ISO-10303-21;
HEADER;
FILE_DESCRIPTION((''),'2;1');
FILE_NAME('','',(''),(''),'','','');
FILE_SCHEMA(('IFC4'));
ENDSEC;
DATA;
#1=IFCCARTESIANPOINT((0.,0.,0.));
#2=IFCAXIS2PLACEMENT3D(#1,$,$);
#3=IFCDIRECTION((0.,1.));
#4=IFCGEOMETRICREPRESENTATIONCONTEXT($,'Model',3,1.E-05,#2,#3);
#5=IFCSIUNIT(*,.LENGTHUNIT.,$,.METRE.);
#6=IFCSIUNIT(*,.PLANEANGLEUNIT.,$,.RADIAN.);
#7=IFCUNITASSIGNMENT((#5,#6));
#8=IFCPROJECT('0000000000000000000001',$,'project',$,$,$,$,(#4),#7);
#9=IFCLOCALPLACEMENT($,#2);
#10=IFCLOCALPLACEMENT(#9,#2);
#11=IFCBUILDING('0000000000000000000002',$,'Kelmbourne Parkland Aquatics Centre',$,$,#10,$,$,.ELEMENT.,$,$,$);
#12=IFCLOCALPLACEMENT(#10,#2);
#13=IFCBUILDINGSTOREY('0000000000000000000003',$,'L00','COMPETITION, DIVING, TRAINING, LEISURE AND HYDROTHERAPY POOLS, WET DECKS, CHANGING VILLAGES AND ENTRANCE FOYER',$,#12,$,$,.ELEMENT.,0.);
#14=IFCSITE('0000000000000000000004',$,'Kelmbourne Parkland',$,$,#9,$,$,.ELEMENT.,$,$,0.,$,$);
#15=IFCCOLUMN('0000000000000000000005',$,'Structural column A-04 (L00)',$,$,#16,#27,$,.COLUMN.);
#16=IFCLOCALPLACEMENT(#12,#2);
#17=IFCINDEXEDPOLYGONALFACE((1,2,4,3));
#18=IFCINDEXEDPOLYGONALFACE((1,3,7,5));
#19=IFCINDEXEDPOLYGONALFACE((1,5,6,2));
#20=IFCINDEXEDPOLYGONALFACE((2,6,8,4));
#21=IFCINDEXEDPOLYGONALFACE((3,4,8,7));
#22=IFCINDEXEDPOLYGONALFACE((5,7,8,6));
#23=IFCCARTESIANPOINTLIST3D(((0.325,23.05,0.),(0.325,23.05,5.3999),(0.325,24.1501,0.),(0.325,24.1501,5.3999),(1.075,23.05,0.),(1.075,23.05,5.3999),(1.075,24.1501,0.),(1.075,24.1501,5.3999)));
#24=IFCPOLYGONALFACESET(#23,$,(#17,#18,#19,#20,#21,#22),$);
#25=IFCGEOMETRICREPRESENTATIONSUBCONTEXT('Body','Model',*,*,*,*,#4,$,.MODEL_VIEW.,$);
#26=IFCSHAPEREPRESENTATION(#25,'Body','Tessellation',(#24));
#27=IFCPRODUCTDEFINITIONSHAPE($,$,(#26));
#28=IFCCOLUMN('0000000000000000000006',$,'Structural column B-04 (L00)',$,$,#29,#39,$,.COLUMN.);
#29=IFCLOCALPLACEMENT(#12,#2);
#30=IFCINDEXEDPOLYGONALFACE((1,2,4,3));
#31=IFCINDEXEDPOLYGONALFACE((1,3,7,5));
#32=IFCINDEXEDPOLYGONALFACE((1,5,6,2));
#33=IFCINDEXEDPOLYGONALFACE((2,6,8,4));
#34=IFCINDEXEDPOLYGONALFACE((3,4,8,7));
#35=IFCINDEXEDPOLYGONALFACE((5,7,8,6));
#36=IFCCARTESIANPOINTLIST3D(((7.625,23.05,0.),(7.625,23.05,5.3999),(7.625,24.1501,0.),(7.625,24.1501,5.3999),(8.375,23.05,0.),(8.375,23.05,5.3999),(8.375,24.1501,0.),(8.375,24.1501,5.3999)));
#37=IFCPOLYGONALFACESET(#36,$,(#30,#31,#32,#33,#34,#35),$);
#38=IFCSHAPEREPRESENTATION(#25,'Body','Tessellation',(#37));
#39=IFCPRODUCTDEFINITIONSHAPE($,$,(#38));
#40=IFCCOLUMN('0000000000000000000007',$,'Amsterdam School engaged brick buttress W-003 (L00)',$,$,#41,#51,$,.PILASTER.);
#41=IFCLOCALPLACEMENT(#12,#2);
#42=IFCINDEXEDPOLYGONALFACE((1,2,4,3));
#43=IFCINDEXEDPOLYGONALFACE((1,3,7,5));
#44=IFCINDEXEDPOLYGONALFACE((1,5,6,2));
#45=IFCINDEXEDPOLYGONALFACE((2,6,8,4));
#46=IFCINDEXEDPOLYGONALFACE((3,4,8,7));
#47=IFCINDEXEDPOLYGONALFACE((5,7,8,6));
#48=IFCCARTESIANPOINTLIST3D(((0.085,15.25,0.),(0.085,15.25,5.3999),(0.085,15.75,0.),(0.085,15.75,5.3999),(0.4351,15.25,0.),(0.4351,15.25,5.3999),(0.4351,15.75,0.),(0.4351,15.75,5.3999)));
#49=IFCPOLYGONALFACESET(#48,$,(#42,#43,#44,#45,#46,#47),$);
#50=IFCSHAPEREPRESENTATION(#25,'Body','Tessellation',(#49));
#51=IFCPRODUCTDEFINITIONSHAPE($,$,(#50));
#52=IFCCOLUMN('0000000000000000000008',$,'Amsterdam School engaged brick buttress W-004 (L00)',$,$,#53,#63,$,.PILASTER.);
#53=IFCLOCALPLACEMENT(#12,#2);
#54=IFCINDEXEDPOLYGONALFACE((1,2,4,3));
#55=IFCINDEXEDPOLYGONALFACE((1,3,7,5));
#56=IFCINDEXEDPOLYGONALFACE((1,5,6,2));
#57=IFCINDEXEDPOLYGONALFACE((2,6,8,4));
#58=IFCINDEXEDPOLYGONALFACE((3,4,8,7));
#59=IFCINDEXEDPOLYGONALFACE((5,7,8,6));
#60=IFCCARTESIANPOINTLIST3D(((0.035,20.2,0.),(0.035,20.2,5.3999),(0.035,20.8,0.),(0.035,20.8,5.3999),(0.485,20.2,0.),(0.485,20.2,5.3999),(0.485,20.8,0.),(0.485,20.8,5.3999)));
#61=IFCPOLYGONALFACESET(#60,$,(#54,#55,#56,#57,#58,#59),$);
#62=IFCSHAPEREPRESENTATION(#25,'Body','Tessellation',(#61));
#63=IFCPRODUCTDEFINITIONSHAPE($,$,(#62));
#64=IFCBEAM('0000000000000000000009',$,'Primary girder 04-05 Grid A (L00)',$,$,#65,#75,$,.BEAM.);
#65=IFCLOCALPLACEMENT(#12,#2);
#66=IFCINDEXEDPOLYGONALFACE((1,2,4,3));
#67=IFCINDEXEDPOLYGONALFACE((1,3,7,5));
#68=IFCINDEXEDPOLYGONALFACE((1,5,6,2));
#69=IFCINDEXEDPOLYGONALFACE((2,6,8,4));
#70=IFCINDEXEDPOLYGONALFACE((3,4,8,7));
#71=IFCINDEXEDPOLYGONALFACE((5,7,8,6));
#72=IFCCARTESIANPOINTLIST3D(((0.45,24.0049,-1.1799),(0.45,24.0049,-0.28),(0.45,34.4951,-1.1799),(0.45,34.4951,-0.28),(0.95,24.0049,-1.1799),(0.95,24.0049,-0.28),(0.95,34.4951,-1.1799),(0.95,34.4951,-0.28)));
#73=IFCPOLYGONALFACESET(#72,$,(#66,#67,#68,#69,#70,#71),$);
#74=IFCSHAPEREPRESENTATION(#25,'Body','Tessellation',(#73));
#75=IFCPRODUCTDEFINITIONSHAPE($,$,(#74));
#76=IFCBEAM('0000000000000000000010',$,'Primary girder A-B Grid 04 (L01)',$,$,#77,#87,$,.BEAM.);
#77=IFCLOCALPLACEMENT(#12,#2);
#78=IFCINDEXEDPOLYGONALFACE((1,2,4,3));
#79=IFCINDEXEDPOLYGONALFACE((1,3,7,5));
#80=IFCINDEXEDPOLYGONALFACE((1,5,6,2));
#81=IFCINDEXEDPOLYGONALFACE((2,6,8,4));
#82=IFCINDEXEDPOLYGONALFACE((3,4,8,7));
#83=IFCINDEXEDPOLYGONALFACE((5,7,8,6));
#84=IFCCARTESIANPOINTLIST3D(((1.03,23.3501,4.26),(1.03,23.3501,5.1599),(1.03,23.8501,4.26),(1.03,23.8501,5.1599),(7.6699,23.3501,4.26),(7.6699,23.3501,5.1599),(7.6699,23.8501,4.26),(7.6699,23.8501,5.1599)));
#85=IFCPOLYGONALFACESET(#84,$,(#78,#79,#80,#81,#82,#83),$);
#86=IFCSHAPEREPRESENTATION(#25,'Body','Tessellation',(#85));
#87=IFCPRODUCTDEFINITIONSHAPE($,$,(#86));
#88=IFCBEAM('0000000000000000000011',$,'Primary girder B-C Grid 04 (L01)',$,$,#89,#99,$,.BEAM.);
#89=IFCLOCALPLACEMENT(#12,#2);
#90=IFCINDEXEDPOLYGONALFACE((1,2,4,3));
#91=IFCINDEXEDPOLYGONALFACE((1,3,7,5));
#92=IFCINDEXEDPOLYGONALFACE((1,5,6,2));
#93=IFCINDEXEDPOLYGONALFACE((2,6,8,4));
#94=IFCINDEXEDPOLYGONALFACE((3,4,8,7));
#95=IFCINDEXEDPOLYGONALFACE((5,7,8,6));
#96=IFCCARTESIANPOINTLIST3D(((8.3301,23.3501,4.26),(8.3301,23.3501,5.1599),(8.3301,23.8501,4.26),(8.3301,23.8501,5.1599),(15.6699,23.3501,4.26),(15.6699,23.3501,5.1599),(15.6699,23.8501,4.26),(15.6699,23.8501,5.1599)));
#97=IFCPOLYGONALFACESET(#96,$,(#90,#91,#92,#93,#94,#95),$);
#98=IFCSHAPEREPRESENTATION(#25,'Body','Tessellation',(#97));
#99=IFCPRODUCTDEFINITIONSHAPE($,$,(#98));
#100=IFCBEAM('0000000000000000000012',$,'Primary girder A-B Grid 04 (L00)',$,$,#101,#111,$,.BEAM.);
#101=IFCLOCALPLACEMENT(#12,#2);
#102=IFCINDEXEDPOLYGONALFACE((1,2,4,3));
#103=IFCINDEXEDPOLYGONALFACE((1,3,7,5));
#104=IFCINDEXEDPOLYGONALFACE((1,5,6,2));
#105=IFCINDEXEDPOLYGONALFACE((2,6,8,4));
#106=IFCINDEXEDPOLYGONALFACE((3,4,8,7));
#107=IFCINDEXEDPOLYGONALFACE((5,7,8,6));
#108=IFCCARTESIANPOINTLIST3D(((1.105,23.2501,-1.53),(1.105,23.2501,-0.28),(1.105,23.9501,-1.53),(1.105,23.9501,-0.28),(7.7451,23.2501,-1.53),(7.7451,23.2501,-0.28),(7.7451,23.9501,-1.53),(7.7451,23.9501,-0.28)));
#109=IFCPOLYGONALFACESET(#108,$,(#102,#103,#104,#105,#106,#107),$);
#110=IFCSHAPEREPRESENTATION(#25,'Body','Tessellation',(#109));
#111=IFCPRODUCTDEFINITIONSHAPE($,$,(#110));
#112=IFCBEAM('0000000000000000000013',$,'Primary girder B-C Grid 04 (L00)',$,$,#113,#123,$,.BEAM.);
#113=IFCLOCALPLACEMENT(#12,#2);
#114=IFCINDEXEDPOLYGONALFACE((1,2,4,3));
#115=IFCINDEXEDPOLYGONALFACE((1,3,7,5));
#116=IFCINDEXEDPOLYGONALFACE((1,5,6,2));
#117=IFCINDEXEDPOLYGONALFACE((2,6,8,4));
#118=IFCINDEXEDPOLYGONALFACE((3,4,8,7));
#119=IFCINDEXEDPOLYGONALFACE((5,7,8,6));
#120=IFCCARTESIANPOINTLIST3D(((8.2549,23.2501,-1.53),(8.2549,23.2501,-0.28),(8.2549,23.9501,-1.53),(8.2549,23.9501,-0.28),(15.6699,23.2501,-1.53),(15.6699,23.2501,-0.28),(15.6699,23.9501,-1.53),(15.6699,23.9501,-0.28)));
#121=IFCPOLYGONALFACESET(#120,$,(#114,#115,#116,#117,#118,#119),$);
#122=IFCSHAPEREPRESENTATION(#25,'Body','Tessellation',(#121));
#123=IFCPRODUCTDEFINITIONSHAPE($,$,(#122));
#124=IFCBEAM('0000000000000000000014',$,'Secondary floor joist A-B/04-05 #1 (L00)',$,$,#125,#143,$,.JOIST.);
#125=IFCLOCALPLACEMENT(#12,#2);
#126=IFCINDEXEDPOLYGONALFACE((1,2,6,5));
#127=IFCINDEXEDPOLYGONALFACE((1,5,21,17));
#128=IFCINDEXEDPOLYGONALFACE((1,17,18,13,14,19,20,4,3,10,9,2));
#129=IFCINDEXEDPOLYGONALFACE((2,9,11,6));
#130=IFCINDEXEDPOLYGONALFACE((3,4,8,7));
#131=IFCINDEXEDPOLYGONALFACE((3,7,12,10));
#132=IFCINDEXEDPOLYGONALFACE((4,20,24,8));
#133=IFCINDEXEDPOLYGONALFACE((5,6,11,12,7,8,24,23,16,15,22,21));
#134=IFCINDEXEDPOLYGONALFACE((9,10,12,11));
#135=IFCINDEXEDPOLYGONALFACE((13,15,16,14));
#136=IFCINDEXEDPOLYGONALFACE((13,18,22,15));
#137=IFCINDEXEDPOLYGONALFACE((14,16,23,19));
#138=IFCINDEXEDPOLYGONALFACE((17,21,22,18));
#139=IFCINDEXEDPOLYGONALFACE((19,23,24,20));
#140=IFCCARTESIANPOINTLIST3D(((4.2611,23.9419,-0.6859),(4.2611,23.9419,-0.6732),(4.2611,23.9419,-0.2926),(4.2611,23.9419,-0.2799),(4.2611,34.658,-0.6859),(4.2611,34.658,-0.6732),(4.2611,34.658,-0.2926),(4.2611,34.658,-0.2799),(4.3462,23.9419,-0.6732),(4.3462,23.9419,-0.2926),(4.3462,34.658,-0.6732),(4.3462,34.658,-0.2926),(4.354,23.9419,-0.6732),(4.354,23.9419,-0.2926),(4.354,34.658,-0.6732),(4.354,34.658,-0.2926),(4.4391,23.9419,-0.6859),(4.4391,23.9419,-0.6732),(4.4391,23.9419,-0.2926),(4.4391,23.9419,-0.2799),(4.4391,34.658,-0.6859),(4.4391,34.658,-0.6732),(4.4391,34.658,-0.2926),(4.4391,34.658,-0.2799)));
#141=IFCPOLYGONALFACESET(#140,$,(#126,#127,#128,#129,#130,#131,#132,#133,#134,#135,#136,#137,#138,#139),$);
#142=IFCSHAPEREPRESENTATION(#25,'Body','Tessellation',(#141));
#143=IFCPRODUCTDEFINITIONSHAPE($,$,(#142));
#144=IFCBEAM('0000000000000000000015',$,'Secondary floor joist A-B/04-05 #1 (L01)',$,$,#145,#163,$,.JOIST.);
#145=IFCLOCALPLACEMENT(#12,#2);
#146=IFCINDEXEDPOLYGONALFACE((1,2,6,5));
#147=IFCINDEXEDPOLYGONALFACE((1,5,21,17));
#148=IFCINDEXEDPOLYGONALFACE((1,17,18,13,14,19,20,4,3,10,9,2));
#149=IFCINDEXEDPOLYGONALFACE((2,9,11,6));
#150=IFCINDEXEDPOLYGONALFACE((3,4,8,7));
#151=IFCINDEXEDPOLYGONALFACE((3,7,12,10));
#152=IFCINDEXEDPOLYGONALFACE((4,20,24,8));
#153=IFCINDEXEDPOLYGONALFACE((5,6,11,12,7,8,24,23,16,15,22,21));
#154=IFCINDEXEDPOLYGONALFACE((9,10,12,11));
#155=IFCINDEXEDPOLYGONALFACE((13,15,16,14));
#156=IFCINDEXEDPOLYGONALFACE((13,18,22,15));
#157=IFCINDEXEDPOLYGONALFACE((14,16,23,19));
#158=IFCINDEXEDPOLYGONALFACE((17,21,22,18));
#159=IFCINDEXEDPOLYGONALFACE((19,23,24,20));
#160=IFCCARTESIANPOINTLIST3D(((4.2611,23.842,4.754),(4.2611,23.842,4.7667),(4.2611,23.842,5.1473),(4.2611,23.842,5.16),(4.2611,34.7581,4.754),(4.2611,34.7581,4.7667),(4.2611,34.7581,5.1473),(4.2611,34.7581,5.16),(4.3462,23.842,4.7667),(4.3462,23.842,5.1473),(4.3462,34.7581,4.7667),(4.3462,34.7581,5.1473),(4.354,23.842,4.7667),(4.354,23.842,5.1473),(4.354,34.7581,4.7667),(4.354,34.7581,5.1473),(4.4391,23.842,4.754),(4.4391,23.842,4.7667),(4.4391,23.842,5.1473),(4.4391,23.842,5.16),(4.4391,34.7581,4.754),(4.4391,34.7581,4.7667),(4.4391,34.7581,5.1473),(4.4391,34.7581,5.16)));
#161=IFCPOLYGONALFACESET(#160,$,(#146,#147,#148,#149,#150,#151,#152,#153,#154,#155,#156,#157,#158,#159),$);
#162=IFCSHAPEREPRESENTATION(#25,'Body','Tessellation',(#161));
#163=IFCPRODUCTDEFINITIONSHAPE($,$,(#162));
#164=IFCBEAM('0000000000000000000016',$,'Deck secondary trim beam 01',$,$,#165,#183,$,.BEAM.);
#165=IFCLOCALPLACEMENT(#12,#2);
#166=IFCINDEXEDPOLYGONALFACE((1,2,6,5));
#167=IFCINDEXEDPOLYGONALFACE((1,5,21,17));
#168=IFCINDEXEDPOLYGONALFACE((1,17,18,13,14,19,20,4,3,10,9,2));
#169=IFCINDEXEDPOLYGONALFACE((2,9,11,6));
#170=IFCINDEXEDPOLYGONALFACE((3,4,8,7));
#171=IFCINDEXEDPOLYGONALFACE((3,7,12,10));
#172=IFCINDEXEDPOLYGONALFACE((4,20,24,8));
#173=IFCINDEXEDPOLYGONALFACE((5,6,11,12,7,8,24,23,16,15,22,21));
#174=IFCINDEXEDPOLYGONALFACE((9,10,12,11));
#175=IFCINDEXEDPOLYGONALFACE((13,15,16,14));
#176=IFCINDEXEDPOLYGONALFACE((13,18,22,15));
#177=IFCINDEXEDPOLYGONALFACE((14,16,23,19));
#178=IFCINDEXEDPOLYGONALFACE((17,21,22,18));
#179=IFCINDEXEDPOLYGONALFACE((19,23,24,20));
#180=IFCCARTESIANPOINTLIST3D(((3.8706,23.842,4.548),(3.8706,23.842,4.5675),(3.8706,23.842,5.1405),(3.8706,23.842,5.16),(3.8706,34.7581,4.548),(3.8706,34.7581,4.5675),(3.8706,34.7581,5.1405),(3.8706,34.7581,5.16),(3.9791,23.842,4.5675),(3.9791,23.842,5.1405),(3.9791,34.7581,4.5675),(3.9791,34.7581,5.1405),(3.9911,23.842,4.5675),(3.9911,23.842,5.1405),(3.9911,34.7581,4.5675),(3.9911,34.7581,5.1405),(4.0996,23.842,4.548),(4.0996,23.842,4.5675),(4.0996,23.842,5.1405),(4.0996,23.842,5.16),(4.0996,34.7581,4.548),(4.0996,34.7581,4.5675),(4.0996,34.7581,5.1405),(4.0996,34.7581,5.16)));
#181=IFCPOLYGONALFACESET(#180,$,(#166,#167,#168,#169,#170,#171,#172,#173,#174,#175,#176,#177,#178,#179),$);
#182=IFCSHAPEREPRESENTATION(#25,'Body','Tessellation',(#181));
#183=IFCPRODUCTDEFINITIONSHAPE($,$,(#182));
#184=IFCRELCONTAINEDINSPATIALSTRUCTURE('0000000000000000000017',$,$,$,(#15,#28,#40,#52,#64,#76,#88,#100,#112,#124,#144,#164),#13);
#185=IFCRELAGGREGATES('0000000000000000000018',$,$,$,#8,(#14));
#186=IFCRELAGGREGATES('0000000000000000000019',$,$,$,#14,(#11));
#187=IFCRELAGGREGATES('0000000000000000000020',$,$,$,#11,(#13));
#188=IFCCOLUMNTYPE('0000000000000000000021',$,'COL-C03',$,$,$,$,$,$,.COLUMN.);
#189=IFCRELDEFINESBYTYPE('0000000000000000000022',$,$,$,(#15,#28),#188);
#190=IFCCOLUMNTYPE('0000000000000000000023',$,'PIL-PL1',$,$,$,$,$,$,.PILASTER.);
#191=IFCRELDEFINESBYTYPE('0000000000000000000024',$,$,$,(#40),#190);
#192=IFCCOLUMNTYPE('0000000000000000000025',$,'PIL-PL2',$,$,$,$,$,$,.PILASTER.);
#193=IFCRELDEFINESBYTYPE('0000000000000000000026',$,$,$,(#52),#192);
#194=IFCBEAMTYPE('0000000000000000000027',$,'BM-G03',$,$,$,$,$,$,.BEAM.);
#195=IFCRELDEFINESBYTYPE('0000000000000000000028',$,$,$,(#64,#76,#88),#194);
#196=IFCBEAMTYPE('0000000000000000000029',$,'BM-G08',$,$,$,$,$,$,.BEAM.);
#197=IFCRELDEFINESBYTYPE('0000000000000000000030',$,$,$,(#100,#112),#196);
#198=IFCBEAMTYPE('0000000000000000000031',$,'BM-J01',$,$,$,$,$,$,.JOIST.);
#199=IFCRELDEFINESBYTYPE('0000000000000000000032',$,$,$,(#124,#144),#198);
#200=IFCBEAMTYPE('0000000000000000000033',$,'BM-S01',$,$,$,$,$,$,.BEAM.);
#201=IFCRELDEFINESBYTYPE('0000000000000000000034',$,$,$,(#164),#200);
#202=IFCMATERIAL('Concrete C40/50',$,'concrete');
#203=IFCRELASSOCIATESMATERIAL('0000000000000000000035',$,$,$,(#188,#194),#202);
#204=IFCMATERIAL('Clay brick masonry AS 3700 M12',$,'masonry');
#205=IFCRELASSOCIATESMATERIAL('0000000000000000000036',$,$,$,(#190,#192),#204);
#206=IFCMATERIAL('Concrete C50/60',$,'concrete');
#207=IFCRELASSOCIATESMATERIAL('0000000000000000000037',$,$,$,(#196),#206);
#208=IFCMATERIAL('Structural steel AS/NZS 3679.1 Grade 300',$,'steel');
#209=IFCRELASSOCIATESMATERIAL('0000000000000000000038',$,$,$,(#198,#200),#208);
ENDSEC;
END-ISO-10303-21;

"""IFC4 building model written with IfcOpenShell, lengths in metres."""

from ifc_helpers import new_model, si_unit, direction, frame, origin, origin_2d, place, context, subcontext, project, spatial, rectangle, i_section, extrude, material, material_profile, profile_set, type_object, element, save


model = new_model("IFC4")

# Units and contexts
model_context = context("Model", 3, precision=1e-05, world=origin(), true_north=direction((0.0, 1.0)))
body_context = subcontext(model_context, "Body", "Model", "MODEL_VIEW")
ifc_project = project(units=[si_unit("LENGTHUNIT", "METRE"), si_unit("PLANEANGLEUNIT", "RADIAN")], contexts=[model_context])

# Site, building, storey
site_placement = place(None, origin())
site = spatial("IfcSite", under=ifc_project, at=site_placement, Name="Kelmbourne Parkland", CompositionType="ELEMENT", RefElevation=0.0)
building_placement = place(site_placement, origin())
building = spatial("IfcBuilding", under=site, at=building_placement, Name="Kelmbourne Parkland Aquatics Centre", CompositionType="ELEMENT")
storey_placement = place(building_placement, origin())
storey = spatial("IfcBuildingStorey", under=building, at=storey_placement, Name="L00", Description="COMPETITION, DIVING, TRAINING, LEISURE AND HYDROTHERAPY POOLS, WET DECKS, CHANGING VILLAGES AND ENTRANCE FOYER", CompositionType="ELEMENT", Elevation=0.0)

# Columns
ifc_material_1 = material(Name="Concrete C40/50", Category="concrete")
ifc_material_profile_1 = material_profile(ifc_material_1, rectangle(XDim=0.75, YDim=1.1001, at=origin_2d()), Name="RC 750x1100")
ifc_profile_set_1 = profile_set([ifc_material_profile_1], Name="Concrete C40/50")
column_type_1 = type_object("IfcColumnType", Name="COL-C03", PredefinedType="COLUMN", material=ifc_profile_set_1)
for number, where, z_axis, x_axis, name in (
    (1, (0.7, 23.6001, 0.0), (0.0, 0.0, 1.0), (1.0, 0.0, 0.0), "Structural column A-04 (L00)"),
    (2, (8.0, 23.6001, 0.0), (0.0, 0.0, 1.0), (1.0, 0.0, 0.0), "Structural column B-04 (L00)"),
):
    element("IfcColumn", number, at=place(storey_placement, frame(where, z_axis=z_axis, x_axis=x_axis)), inside=storey, type_object=column_type_1, Name=name, PredefinedType="COLUMN", context=body_context, shape_type="SweptSolid", body=[
        extrude(rectangle(XDim=0.75, YDim=1.1001, at=origin_2d()), origin(), (0.0, 0.0, 1.0), 5.3999),
    ])
ifc_material_2 = material(Name="Clay brick masonry AS 3700 M12", Category="masonry")
ifc_material_profile_2 = material_profile(ifc_material_2, rectangle(XDim=0.3501, YDim=0.5, at=origin_2d()), Name="PIL 350x500")
ifc_profile_set_2 = profile_set([ifc_material_profile_2], Name="Clay brick masonry AS 3700 M12")
column_type_2 = type_object("IfcColumnType", Name="PIL-PL1", PredefinedType="PILASTER", material=ifc_profile_set_2)
column_1_placement = place(storey_placement, frame((0.26, 15.5, 0.0), z_axis=(0.0, 0.0, 1.0), x_axis=(1.0, 0.0, 0.0)))
element("IfcColumn", 3, at=column_1_placement, inside=storey, type_object=column_type_2, Name="Amsterdam School engaged brick buttress W-003 (L00)", PredefinedType="PILASTER", context=body_context, shape_type="SweptSolid", body=[
    extrude(rectangle(XDim=0.3501, YDim=0.5, at=origin_2d()), origin(), (0.0, 0.0, 1.0), 5.3999),
])
ifc_material_profile_3 = material_profile(ifc_material_2, rectangle(XDim=0.45, YDim=0.6001, at=origin_2d()), Name="PIL 450x600")
ifc_profile_set_3 = profile_set([ifc_material_profile_3], Name="Clay brick masonry AS 3700 M12")
column_type_3 = type_object("IfcColumnType", Name="PIL-PL2", PredefinedType="PILASTER", material=ifc_profile_set_3)
column_2_placement = place(storey_placement, frame((0.26, 20.5, 0.0), z_axis=(0.0, 0.0, 1.0), x_axis=(1.0, 0.0, 0.0)))
element("IfcColumn", 4, at=column_2_placement, inside=storey, type_object=column_type_3, Name="Amsterdam School engaged brick buttress W-004 (L00)", PredefinedType="PILASTER", context=body_context, shape_type="SweptSolid", body=[
    extrude(rectangle(XDim=0.45, YDim=0.6001, at=origin_2d()), origin(), (0.0, 0.0, 1.0), 5.3999),
])

# Beams
ifc_material_profile_4 = material_profile(ifc_material_1, rectangle(XDim=0.5, YDim=0.8999, at=origin_2d()), Name="RC 500x900")
ifc_profile_set_4 = profile_set([ifc_material_profile_4], Name="Concrete C40/50")
beam_type_1 = type_object("IfcBeamType", Name="BM-G03", PredefinedType="BEAM", material=ifc_profile_set_4)
beam_1_placement = place(storey_placement, frame((0.7, 24.0049, -0.73), z_axis=(0.0, 1.0, 0.0), x_axis=(-1.0, 0.0, 0.0)))
element("IfcBeam", 5, at=beam_1_placement, inside=storey, type_object=beam_type_1, Name="Primary girder 04-05 Grid A (L00)", PredefinedType="BEAM", context=body_context, shape_type="SweptSolid", body=[
    extrude(rectangle(XDim=0.5, YDim=0.8999, at=origin_2d()), origin(), (0.0, 0.0, 1.0), 10.4902),
])
beam_2_placement = place(storey_placement, frame((1.03, 23.6001, 4.71), z_axis=(1.0, 0.0, 0.0), x_axis=(0.0, 1.0, 0.0)))
element("IfcBeam", 6, at=beam_2_placement, inside=storey, type_object=beam_type_1, Name="Primary girder A-B Grid 04 (L01)", PredefinedType="BEAM", context=body_context, shape_type="SweptSolid", body=[
    extrude(rectangle(XDim=0.5, YDim=0.8999, at=origin_2d()), origin(), (0.0, 0.0, 1.0), 6.6399),
])
beam_3_placement = place(storey_placement, frame((8.3301, 23.6001, 4.71), z_axis=(1.0, 0.0, 0.0), x_axis=(0.0, 1.0, 0.0)))
element("IfcBeam", 7, at=beam_3_placement, inside=storey, type_object=beam_type_1, Name="Primary girder B-C Grid 04 (L01)", PredefinedType="BEAM", context=body_context, shape_type="SweptSolid", body=[
    extrude(rectangle(XDim=0.5, YDim=0.8999, at=origin_2d()), origin(), (0.0, 0.0, 1.0), 7.3398),
])
ifc_material_3 = material(Name="Concrete C50/60", Category="concrete")
ifc_material_profile_5 = material_profile(ifc_material_3, rectangle(XDim=0.7, YDim=1.25, at=origin_2d()), Name="RC 700x1250")
ifc_profile_set_5 = profile_set([ifc_material_profile_5], Name="Concrete C50/60")
beam_type_2 = type_object("IfcBeamType", Name="BM-G08", PredefinedType="BEAM", material=ifc_profile_set_5)
beam_4_placement = place(storey_placement, frame((1.105, 23.6001, -0.905), z_axis=(1.0, 0.0, 0.0), x_axis=(0.0, 1.0, 0.0)))
element("IfcBeam", 8, at=beam_4_placement, inside=storey, type_object=beam_type_2, Name="Primary girder A-B Grid 04 (L00)", PredefinedType="BEAM", context=body_context, shape_type="SweptSolid", body=[
    extrude(rectangle(XDim=0.7, YDim=1.25, at=origin_2d()), origin(), (0.0, 0.0, 1.0), 6.6401),
])
beam_5_placement = place(storey_placement, frame((8.2549, 23.6001, -0.905), z_axis=(1.0, 0.0, 0.0), x_axis=(0.0, 1.0, 0.0)))
element("IfcBeam", 9, at=beam_5_placement, inside=storey, type_object=beam_type_2, Name="Primary girder B-C Grid 04 (L00)", PredefinedType="BEAM", context=body_context, shape_type="SweptSolid", body=[
    extrude(rectangle(XDim=0.7, YDim=1.25, at=origin_2d()), origin(), (0.0, 0.0, 1.0), 7.415),
])
ifc_material_4 = material(Name="Structural steel AS/NZS 3679.1 Grade 300", Category="steel")
ifc_material_profile_6 = material_profile(ifc_material_4, i_section(OverallWidth=0.178, OverallDepth=0.406, WebThickness=0.0078, FlangeThickness=0.0127, at=origin_2d()), Name="410UB59.7")
ifc_profile_set_6 = profile_set([ifc_material_profile_6], Name="Structural steel AS/NZS 3679.1 Grade 300")
beam_type_3 = type_object("IfcBeamType", Name="BM-J01", PredefinedType="JOIST", material=ifc_profile_set_6)
beam_6_placement = place(storey_placement, frame((4.3501, 23.9419, -0.4829), z_axis=(0.0, 1.0, 0.0), x_axis=(-1.0, 0.0, 0.0)))
element("IfcBeam", 10, at=beam_6_placement, inside=storey, type_object=beam_type_3, Name="Secondary floor joist A-B/04-05 #1 (L00)", PredefinedType="JOIST", context=body_context, shape_type="SweptSolid", body=[
    extrude(i_section(OverallWidth=0.178, OverallDepth=0.406, WebThickness=0.0078, FlangeThickness=0.0127, at=origin_2d()), origin(), (0.0, 0.0, 1.0), 10.7161),
])
beam_7_placement = place(storey_placement, frame((4.3501, 23.842, 4.957), z_axis=(0.0, 1.0, 0.0), x_axis=(-1.0, 0.0, 0.0)))
element("IfcBeam", 11, at=beam_7_placement, inside=storey, type_object=beam_type_3, Name="Secondary floor joist A-B/04-05 #1 (L01)", PredefinedType="JOIST", context=body_context, shape_type="SweptSolid", body=[
    extrude(i_section(OverallWidth=0.178, OverallDepth=0.406, WebThickness=0.0078, FlangeThickness=0.0127, at=origin_2d()), origin(), (0.0, 0.0, 1.0), 10.916),
])
ifc_material_profile_7 = material_profile(ifc_material_4, i_section(OverallWidth=0.229, OverallDepth=0.6121, WebThickness=0.012, FlangeThickness=0.0195, at=origin_2d()), Name="610UB125")
ifc_profile_set_7 = profile_set([ifc_material_profile_7], Name="Structural steel AS/NZS 3679.1 Grade 300")
beam_type_4 = type_object("IfcBeamType", Name="BM-S01", PredefinedType="BEAM", material=ifc_profile_set_7)
beam_8_placement = place(storey_placement, frame((3.9851, 23.842, 4.854), z_axis=(0.0, 1.0, 0.0), x_axis=(-1.0, 0.0, 0.0)))
element("IfcBeam", 12, at=beam_8_placement, inside=storey, type_object=beam_type_4, Name="Deck secondary trim beam 01", PredefinedType="BEAM", context=body_context, shape_type="SweptSolid", body=[
    extrude(i_section(OverallWidth=0.229, OverallDepth=0.6121, WebThickness=0.012, FlangeThickness=0.0195, at=origin_2d()), origin(), (0.0, 0.0, 1.0), 10.916),
])

save(model, "model.ifc")
